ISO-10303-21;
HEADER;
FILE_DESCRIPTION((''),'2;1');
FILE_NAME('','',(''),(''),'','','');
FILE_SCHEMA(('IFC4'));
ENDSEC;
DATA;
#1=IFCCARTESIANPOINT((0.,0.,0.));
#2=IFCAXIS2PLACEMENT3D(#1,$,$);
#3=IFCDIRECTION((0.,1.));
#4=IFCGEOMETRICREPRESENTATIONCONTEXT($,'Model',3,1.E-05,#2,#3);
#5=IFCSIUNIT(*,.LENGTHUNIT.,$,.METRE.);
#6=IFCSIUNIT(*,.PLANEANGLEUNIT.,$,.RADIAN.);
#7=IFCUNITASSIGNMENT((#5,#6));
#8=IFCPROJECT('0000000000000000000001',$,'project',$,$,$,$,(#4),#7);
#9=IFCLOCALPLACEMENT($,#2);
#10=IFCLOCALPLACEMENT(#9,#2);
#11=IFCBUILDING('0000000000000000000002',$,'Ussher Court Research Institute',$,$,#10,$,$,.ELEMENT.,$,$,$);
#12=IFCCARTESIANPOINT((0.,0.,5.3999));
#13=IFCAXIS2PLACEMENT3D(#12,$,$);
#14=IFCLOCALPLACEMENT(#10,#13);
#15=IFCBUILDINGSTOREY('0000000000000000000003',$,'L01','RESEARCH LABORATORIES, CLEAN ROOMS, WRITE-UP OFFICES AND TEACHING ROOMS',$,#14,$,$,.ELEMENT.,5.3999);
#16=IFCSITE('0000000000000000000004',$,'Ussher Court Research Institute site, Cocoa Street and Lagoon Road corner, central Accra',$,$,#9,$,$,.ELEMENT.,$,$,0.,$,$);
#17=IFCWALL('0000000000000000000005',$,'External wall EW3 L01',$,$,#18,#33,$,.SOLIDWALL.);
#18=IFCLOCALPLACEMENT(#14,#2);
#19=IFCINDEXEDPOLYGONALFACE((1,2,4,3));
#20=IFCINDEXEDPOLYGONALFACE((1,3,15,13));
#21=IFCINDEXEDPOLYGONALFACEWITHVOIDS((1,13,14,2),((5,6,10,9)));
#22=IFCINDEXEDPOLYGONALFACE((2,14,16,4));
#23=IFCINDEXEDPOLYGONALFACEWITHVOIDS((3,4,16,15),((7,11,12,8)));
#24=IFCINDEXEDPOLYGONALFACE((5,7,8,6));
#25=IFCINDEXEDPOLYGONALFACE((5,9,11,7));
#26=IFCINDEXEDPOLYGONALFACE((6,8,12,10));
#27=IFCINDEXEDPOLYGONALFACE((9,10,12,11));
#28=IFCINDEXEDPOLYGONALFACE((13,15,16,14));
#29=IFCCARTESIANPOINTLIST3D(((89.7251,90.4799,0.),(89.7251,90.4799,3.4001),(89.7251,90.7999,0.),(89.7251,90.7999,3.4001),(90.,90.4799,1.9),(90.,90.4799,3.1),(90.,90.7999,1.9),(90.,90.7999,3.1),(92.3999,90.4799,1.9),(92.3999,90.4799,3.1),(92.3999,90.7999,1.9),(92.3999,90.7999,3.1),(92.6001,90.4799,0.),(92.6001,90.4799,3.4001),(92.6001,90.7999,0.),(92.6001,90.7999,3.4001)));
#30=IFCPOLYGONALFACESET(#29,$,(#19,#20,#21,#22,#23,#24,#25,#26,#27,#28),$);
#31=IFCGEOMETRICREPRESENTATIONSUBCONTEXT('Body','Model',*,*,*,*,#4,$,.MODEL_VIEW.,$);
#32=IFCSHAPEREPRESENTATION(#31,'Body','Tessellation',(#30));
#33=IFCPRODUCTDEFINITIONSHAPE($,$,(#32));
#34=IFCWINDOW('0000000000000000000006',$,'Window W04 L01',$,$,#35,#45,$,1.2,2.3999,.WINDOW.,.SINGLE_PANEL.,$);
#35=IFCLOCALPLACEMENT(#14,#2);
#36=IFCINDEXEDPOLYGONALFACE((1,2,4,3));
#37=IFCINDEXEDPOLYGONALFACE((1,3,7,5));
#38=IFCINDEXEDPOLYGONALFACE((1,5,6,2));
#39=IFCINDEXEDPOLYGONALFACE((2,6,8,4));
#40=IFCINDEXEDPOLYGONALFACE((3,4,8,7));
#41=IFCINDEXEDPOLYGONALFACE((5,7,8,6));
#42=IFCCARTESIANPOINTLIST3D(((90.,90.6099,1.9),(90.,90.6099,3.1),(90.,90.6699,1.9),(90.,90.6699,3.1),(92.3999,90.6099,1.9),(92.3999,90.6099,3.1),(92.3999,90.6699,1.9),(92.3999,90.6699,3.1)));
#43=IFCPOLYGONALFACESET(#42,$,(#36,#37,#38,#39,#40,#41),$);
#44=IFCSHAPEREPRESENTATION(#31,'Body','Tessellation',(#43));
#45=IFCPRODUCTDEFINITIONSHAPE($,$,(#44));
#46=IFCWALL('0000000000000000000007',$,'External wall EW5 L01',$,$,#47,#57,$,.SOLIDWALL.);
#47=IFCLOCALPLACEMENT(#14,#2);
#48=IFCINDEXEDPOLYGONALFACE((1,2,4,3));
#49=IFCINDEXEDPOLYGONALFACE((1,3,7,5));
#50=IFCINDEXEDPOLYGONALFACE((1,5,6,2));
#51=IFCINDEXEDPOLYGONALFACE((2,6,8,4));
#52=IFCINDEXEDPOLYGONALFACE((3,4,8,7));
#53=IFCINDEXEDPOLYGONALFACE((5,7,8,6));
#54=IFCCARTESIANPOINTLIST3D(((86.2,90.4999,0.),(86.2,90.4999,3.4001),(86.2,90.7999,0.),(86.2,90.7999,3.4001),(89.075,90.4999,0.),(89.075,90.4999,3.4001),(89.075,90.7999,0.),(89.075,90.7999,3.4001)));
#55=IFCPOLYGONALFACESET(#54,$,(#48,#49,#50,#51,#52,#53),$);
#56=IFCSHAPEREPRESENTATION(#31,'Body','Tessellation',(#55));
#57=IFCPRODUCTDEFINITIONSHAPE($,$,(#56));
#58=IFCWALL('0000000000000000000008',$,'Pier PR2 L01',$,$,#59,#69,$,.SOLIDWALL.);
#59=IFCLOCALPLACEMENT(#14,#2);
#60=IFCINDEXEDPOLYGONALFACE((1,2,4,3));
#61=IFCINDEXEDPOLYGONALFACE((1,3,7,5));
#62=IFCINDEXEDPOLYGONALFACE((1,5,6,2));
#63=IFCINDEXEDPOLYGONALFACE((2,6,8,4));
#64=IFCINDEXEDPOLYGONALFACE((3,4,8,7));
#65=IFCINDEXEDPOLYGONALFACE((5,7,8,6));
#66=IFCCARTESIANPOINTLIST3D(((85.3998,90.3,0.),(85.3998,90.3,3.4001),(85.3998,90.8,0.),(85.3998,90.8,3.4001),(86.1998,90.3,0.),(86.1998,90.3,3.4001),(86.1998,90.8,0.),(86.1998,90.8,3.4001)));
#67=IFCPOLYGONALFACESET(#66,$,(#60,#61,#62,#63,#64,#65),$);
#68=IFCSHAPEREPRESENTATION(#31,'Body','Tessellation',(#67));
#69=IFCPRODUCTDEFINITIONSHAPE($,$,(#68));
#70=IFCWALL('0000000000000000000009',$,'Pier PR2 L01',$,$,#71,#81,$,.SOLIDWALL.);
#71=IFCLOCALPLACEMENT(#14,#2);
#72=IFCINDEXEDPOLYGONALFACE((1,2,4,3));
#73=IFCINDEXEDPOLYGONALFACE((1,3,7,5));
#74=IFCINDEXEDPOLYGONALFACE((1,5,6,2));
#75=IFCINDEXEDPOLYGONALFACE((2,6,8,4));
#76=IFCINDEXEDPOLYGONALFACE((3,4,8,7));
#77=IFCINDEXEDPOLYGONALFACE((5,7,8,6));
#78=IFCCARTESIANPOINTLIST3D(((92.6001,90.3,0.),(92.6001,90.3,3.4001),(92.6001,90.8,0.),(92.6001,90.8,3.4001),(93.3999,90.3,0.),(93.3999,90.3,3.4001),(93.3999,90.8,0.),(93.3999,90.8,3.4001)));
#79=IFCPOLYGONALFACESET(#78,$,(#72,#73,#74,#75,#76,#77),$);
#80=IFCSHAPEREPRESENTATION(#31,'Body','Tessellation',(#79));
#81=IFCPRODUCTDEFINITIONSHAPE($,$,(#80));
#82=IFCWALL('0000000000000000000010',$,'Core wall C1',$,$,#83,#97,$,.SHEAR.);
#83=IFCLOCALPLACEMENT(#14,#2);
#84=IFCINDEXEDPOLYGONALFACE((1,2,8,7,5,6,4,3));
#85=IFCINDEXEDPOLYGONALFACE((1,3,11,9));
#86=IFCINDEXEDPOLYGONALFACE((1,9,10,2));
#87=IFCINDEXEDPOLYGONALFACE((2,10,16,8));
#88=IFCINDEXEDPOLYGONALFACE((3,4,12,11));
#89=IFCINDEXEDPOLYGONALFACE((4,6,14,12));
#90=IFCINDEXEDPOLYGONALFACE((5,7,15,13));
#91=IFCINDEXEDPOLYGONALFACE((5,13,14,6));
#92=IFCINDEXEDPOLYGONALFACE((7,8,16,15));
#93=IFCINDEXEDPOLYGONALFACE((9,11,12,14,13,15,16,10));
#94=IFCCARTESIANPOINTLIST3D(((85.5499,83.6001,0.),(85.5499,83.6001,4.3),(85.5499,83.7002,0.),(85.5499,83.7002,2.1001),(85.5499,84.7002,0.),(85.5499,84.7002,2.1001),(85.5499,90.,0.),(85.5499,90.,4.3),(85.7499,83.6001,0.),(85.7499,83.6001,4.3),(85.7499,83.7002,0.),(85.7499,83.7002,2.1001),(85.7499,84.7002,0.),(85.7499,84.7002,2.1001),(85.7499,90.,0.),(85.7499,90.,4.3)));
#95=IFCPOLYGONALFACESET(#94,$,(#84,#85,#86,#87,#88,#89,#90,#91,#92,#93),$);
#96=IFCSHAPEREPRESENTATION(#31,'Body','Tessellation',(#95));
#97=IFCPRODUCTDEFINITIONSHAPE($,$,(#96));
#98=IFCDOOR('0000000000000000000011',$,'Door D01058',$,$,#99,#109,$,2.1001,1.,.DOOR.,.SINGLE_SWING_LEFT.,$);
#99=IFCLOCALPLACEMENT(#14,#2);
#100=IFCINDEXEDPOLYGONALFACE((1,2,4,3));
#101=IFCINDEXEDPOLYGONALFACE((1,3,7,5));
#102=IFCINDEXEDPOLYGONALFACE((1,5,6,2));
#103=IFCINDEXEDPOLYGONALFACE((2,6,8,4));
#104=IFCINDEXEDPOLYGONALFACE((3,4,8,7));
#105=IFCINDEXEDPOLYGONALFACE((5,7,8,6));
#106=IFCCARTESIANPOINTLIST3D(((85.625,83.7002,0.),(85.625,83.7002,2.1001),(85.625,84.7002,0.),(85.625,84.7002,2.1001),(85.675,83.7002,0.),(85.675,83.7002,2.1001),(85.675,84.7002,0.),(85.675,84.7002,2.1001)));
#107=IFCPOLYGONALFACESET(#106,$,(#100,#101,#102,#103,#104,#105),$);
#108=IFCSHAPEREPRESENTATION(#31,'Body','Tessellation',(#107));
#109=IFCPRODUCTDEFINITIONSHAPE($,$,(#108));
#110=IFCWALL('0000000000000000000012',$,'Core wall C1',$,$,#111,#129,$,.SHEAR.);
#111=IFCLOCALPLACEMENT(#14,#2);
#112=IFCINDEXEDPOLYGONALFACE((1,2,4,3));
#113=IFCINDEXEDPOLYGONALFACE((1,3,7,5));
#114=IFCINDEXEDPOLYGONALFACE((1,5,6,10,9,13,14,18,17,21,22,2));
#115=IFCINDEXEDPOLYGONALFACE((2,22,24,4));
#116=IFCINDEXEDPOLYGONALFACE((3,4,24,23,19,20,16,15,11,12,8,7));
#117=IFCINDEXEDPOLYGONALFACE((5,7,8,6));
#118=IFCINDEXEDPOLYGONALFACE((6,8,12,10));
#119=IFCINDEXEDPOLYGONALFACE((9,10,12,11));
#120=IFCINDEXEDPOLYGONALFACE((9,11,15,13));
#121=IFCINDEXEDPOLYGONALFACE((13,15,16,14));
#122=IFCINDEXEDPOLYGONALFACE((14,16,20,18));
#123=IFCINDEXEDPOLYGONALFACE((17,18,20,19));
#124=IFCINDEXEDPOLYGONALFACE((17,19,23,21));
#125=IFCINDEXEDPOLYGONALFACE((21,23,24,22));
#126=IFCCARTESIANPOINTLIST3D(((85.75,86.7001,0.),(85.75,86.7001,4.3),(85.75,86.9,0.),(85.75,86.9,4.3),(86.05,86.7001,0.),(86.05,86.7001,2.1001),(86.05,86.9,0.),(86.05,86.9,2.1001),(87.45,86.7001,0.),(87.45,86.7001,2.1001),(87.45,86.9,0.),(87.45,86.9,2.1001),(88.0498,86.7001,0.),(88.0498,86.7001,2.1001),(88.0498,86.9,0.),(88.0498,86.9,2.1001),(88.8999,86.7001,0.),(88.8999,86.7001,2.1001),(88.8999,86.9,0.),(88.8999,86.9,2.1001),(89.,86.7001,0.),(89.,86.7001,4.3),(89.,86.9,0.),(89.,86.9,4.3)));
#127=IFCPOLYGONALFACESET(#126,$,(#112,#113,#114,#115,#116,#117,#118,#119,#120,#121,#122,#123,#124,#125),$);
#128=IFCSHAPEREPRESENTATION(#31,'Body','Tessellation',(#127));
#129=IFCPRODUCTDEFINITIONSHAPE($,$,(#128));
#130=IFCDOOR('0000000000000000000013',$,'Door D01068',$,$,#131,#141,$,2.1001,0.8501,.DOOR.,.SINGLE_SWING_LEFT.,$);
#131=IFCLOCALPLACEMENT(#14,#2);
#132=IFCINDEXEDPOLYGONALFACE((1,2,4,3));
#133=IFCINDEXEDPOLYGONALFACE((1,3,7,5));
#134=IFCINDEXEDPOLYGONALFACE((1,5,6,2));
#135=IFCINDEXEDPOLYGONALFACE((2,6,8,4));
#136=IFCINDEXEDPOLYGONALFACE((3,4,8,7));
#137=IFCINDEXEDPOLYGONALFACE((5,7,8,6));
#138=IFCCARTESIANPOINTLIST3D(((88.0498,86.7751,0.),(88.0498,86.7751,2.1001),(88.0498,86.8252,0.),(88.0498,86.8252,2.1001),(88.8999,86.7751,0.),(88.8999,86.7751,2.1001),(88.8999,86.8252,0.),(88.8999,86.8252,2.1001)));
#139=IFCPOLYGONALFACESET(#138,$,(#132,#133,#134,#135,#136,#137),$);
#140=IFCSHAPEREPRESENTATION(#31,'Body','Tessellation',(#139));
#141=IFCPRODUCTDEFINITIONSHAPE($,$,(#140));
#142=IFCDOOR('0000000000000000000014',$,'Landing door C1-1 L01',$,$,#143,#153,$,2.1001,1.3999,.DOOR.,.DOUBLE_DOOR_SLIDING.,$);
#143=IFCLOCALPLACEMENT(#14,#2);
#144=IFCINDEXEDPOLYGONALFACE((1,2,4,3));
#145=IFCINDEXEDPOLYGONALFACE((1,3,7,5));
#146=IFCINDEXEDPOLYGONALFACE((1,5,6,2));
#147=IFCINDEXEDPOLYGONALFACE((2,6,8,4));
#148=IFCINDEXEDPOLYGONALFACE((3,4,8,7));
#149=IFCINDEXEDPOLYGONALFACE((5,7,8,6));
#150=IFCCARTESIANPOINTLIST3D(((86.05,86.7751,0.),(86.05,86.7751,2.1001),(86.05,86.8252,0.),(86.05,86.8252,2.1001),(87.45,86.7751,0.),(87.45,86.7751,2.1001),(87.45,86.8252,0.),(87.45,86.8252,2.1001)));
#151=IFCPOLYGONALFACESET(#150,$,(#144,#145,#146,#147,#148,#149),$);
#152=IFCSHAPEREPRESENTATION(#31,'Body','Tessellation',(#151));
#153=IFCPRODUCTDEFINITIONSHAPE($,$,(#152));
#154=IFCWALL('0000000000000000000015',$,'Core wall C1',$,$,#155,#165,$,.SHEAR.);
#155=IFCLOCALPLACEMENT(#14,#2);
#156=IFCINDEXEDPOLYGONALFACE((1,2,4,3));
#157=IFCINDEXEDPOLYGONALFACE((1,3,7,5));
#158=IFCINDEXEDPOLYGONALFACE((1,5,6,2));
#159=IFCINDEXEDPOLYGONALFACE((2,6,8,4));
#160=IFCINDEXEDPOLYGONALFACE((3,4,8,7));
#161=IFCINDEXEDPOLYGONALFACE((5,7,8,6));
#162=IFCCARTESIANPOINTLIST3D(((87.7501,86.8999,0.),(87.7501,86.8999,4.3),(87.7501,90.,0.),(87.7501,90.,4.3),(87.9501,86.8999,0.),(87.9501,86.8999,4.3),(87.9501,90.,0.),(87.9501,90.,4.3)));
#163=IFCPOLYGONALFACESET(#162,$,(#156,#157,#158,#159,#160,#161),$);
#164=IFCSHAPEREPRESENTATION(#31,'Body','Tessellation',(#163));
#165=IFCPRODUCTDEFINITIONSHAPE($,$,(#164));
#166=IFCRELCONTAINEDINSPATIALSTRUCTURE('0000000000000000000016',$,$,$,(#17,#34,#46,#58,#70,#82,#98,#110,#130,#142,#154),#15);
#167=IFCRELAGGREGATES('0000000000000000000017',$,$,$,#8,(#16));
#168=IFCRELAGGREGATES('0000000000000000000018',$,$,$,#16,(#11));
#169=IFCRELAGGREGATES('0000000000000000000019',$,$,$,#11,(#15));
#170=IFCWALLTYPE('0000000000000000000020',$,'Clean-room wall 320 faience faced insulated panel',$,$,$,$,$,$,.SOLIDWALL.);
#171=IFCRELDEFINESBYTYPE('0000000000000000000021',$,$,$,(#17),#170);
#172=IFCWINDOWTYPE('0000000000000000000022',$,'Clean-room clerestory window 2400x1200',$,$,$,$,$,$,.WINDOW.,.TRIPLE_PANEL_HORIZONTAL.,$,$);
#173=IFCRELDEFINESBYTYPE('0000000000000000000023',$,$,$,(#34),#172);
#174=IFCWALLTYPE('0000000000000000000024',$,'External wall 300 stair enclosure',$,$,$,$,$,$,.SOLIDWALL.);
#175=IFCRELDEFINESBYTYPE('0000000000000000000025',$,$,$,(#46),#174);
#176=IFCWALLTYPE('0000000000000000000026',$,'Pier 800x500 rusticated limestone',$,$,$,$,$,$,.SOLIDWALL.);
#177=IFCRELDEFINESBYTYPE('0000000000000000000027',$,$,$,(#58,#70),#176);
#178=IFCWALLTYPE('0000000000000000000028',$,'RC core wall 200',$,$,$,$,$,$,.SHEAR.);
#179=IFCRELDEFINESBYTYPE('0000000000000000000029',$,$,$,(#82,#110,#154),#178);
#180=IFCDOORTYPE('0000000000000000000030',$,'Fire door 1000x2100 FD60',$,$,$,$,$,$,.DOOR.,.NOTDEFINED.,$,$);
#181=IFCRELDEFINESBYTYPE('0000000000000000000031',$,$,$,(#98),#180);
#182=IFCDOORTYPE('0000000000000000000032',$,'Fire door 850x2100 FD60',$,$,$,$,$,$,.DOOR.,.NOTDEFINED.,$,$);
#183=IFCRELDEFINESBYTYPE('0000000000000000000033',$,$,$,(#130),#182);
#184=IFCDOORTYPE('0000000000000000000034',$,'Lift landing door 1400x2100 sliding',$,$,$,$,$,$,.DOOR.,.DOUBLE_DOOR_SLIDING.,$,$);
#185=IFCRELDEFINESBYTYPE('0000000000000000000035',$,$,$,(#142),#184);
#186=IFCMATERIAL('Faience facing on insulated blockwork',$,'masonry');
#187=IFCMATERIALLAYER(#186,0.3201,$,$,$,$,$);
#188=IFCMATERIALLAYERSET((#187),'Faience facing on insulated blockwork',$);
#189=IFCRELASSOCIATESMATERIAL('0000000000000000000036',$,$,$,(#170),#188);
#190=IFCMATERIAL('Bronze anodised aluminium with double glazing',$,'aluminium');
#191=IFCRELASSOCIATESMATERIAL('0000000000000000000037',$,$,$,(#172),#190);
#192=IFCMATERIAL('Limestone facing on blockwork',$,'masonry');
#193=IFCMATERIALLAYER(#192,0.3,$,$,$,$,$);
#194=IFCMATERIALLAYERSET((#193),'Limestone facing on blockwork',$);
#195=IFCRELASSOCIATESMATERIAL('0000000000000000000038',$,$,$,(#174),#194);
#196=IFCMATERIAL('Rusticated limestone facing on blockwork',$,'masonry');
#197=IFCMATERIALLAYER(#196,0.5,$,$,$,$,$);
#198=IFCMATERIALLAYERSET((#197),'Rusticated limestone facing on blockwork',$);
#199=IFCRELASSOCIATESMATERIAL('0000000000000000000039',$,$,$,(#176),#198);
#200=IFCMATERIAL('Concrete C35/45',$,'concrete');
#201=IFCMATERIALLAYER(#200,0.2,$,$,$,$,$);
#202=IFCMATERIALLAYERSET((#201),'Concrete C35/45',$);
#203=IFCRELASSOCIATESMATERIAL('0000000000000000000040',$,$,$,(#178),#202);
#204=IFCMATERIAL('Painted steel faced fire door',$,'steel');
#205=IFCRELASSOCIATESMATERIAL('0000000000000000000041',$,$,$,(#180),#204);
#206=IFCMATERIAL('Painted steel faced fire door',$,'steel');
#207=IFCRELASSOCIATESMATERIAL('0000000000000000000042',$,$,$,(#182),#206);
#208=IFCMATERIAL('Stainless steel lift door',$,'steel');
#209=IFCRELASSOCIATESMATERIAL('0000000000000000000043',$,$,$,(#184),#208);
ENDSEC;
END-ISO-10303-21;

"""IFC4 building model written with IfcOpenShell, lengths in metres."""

from ifc_helpers import new_model, si_unit, direction, frame, frame_2d, origin, place, context, subcontext, project, spatial, rectangle, extrude, material, layer, layer_set, type_object, element, fill, save


model = new_model("IFC4")

# Units and contexts
model_context = context("Model", 3, precision=1e-05, world=origin(), true_north=direction((0.0, 1.0)))
body_context = subcontext(model_context, "Body", "Model", "MODEL_VIEW")
ifc_project = project(units=[si_unit("LENGTHUNIT", "METRE"), si_unit("PLANEANGLEUNIT", "RADIAN")], contexts=[model_context])

# Site, building, storey
site_placement = place(None, origin())
site = spatial("IfcSite", under=ifc_project, at=site_placement, Name="Ussher Court Research Institute site, Cocoa Street and Lagoon Road corner, central Accra", CompositionType="ELEMENT", RefElevation=0.0)
building_placement = place(site_placement, origin())
building = spatial("IfcBuilding", under=site, at=building_placement, Name="Ussher Court Research Institute", CompositionType="ELEMENT")
storey_placement = place(building_placement, frame((0.0, 0.0, 5.3999)))
storey = spatial("IfcBuildingStorey", under=building, at=storey_placement, Name="L01", Description="RESEARCH LABORATORIES, CLEAN ROOMS, WRITE-UP OFFICES AND TEACHING ROOMS", CompositionType="ELEMENT", Elevation=5.3999)

# Wall, opening, window
ifc_material_1 = material(Name="Faience facing on insulated blockwork", Category="masonry")
ifc_layer_1 = layer(ifc_material_1, 0.3201)
ifc_layer_set_1 = layer_set([ifc_layer_1], Name="Faience facing on insulated blockwork")
wall_type_1 = type_object("IfcWallType", Name="Clean-room wall 320 faience faced insulated panel", PredefinedType="SOLIDWALL", material=ifc_layer_set_1)
wall_1_placement = place(storey_placement, frame((89.7251, 90.6399, 0.0), z_axis=(0.0, 0.0, 1.0), x_axis=(1.0, 0.0, 0.0)))
wall_1 = element("IfcWall", 1, at=wall_1_placement, inside=storey, type_object=wall_type_1, Name="External wall EW3 L01", PredefinedType="SOLIDWALL", context=body_context, shape_type="SweptSolid", body=[
    extrude(rectangle(XDim=2.875, YDim=0.3201, at=frame_2d((1.4375, 0.0))), origin(), (0.0, 0.0, 1.0), 3.4001),
])
opening_1_placement = place(wall_1_placement, frame((0.2749, 0.0, 1.8999)))
opening_1 = element("IfcOpeningElement", 2, at=opening_1_placement, cuts=wall_1, PredefinedType="OPENING", context=body_context, shape_type="SweptSolid", body=[
    extrude(rectangle(XDim=2.3999, YDim=1.2, at=frame_2d((1.2, 0.6001))), frame((0.0, 0.1699, 0.0), z_axis=(0.0, -1.0, 0.0), x_axis=(1.0, 0.0, 0.0)), (0.0, 0.0, 1.0), 0.3401),
])
ifc_material_2 = material(Name="Bronze anodised aluminium with double glazing", Category="aluminium")
window_type = type_object("IfcWindowType", Name="Clean-room clerestory window 2400x1200", PartitioningType="TRIPLE_PANEL_HORIZONTAL", PredefinedType="WINDOW", material=ifc_material_2)
window_placement = place(opening_1_placement, origin())
window = element("IfcWindow", 3, at=window_placement, inside=storey, type_object=window_type, Name="Window W04 L01", OverallHeight=1.2, OverallWidth=2.3999, PartitioningType="SINGLE_PANEL", PredefinedType="WINDOW", context=body_context, shape_type="SweptSolid", body=[
    extrude(rectangle(XDim=2.3999, YDim=1.2, at=frame_2d((1.2, 0.6001))), frame((0.0, 0.03, 0.0), z_axis=(0.0, -1.0, 0.0), x_axis=(1.0, 0.0, 0.0)), (0.0, 0.0, 1.0), 0.0601),
])
fill(opening_1, window)

# Walls
ifc_material_3 = material(Name="Limestone facing on blockwork", Category="masonry")
ifc_layer_2 = layer(ifc_material_3, 0.3)
ifc_layer_set_2 = layer_set([ifc_layer_2], Name="Limestone facing on blockwork")
wall_type_2 = type_object("IfcWallType", Name="External wall 300 stair enclosure", PredefinedType="SOLIDWALL", material=ifc_layer_set_2)
wall_2_placement = place(storey_placement, frame((86.2, 90.6499, 0.0), z_axis=(0.0, 0.0, 1.0), x_axis=(1.0, 0.0, 0.0)))
element("IfcWall", 4, at=wall_2_placement, inside=storey, type_object=wall_type_2, Name="External wall EW5 L01", PredefinedType="SOLIDWALL", context=body_context, shape_type="SweptSolid", body=[
    extrude(rectangle(XDim=2.875, YDim=0.3, at=frame_2d((1.4375, 0.0))), origin(), (0.0, 0.0, 1.0), 3.4001),
])
ifc_material_4 = material(Name="Rusticated limestone facing on blockwork", Category="masonry")
ifc_layer_3 = layer(ifc_material_4, 0.5)
ifc_layer_set_3 = layer_set([ifc_layer_3], Name="Rusticated limestone facing on blockwork")
wall_type_3 = type_object("IfcWallType", Name="Pier 800x500 rusticated limestone", PredefinedType="SOLIDWALL", material=ifc_layer_set_3)
wall_3_placement = place(storey_placement, frame((85.3999, 90.55, 0.0), z_axis=(0.0, 0.0, 1.0), x_axis=(1.0, 0.0, 0.0)))
element("IfcWall", 5, at=wall_3_placement, inside=storey, type_object=wall_type_3, Name="Pier PR2 L01", PredefinedType="SOLIDWALL", context=body_context, shape_type="SweptSolid", body=[
    extrude(rectangle(XDim=0.8, YDim=0.5, at=frame_2d((0.3999, 0.0))), origin(), (0.0, 0.0, 1.0), 3.4001),
])
wall_4_placement = place(storey_placement, frame((92.6001, 90.55, 0.0), z_axis=(0.0, 0.0, 1.0), x_axis=(1.0, 0.0, 0.0)))
element("IfcWall", 6, at=wall_4_placement, inside=storey, type_object=wall_type_3, Name="Pier PR2 L01", PredefinedType="SOLIDWALL", context=body_context, shape_type="SweptSolid", body=[
    extrude(rectangle(XDim=0.7998, YDim=0.5, at=frame_2d((0.3999, 0.0))), origin(), (0.0, 0.0, 1.0), 3.4001),
])

# Wall, opening, door
ifc_material_5 = material(Name="Concrete C35/45", Category="concrete")
ifc_layer_4 = layer(ifc_material_5, 0.2)
ifc_layer_set_4 = layer_set([ifc_layer_4], Name="Concrete C35/45")
wall_type_4 = type_object("IfcWallType", Name="RC core wall 200", PredefinedType="SHEAR", material=ifc_layer_set_4)
wall_5_placement = place(storey_placement, frame((85.6499, 83.6001, 0.0), z_axis=(0.0, 0.0, 1.0), x_axis=(0.0, 1.0, 0.0)))
wall_5 = element("IfcWall", 7, at=wall_5_placement, inside=storey, type_object=wall_type_4, Name="Core wall C1", PredefinedType="SHEAR", context=body_context, shape_type="SweptSolid", body=[
    extrude(rectangle(XDim=6.3999, YDim=0.2, at=frame_2d((3.2, 0.0))), origin(), (0.0, 0.0, 1.0), 4.3),
])
opening_2_placement = place(wall_5_placement, frame((0.1001, 0.0, 0.0)))
opening_2 = element("IfcOpeningElement", 8, at=opening_2_placement, cuts=wall_5, PredefinedType="OPENING", context=body_context, shape_type="SweptSolid", body=[
    extrude(rectangle(XDim=1.0, YDim=2.1001, at=frame_2d((0.5, 1.05))), frame((0.0, 0.1099, 0.0), z_axis=(0.0, -1.0, 0.0), x_axis=(1.0, 0.0, 0.0)), (0.0, 0.0, 1.0), 0.22),
])
ifc_material_6 = material(Name="Painted steel faced fire door", Category="steel")
door_type_1 = type_object("IfcDoorType", Name="Fire door 1000x2100 FD60", OperationType="NOTDEFINED", PredefinedType="DOOR", material=ifc_material_6)
door_1_placement = place(opening_2_placement, origin())
door_1 = element("IfcDoor", 9, at=door_1_placement, inside=storey, type_object=door_type_1, Name="Door D01058", OperationType="SINGLE_SWING_LEFT", OverallHeight=2.1001, OverallWidth=1.0, PredefinedType="DOOR", context=body_context, shape_type="SweptSolid", body=[
    extrude(rectangle(XDim=1.0, YDim=2.1001, at=frame_2d((0.5, 1.05))), frame((0.0, 0.0249, 0.0), z_axis=(0.0, -1.0, 0.0), x_axis=(1.0, 0.0, 0.0)), (0.0, 0.0, 1.0), 0.05),
])
fill(opening_2, door_1)

# Wall, openings, doors
wall_6_placement = place(storey_placement, frame((89.0, 86.8, 0.0), z_axis=(0.0, 0.0, 1.0), x_axis=(-1.0, 0.0, 0.0)))
wall_6 = element("IfcWall", 10, at=wall_6_placement, inside=storey, type_object=wall_type_4, Name="Core wall C1", PredefinedType="SHEAR", context=body_context, shape_type="SweptSolid", body=[
    extrude(rectangle(XDim=3.25, YDim=0.2, at=frame_2d((1.625, 0.0))), origin(), (0.0, 0.0, 1.0), 4.3),
])
opening_3_placement = place(wall_6_placement, frame((1.55, 0.0, 0.0)))
opening_3 = element("IfcOpeningElement", 11, at=opening_3_placement, cuts=wall_6, PredefinedType="OPENING", context=body_context, shape_type="SweptSolid", body=[
    extrude(rectangle(XDim=1.3999, YDim=2.1001, at=frame_2d((0.7, 1.05))), frame((0.0, 0.1099, 0.0), z_axis=(0.0, -1.0, 0.0), x_axis=(1.0, 0.0, 0.0)), (0.0, 0.0, 1.0), 0.22),
])
opening_4_placement = place(wall_6_placement, frame((0.1001, 0.0, 0.0)))
opening_4 = element("IfcOpeningElement", 12, at=opening_4_placement, cuts=wall_6, PredefinedType="OPENING", context=body_context, shape_type="SweptSolid", body=[
    extrude(rectangle(XDim=0.8501, YDim=2.1001, at=frame_2d((0.425, 1.05))), frame((0.0, 0.1099, 0.0), z_axis=(0.0, -1.0, 0.0), x_axis=(1.0, 0.0, 0.0)), (0.0, 0.0, 1.0), 0.22),
])
ifc_material_7 = material(Name="Painted steel faced fire door", Category="steel")
door_type_2 = type_object("IfcDoorType", Name="Fire door 850x2100 FD60", OperationType="NOTDEFINED", PredefinedType="DOOR", material=ifc_material_7)
door_2_placement = place(opening_4_placement, origin())
door_2 = element("IfcDoor", 13, at=door_2_placement, inside=storey, type_object=door_type_2, Name="Door D01068", OperationType="SINGLE_SWING_LEFT", OverallHeight=2.1001, OverallWidth=0.8501, PredefinedType="DOOR", context=body_context, shape_type="SweptSolid", body=[
    extrude(rectangle(XDim=0.8501, YDim=2.1001, at=frame_2d((0.425, 1.05))), frame((0.0, 0.0249, 0.0), z_axis=(0.0, -1.0, 0.0), x_axis=(1.0, 0.0, 0.0)), (0.0, 0.0, 1.0), 0.05),
])
fill(opening_4, door_2)
ifc_material_8 = material(Name="Stainless steel lift door", Category="steel")
door_type_3 = type_object("IfcDoorType", Name="Lift landing door 1400x2100 sliding", OperationType="DOUBLE_DOOR_SLIDING", PredefinedType="DOOR", material=ifc_material_8)
door_3_placement = place(opening_3_placement, origin())
door_3 = element("IfcDoor", 14, at=door_3_placement, inside=storey, type_object=door_type_3, Name="Landing door C1-1 L01", OperationType="DOUBLE_DOOR_SLIDING", OverallHeight=2.1001, OverallWidth=1.3999, PredefinedType="DOOR", context=body_context, shape_type="SweptSolid", body=[
    extrude(rectangle(XDim=1.3999, YDim=2.1001, at=frame_2d((0.7, 1.05))), frame((0.0, 0.0249, 0.0), z_axis=(0.0, -1.0, 0.0), x_axis=(1.0, 0.0, 0.0)), (0.0, 0.0, 1.0), 0.05),
])
fill(opening_3, door_3)

# Wall
wall_7_placement = place(storey_placement, frame((87.8501, 86.8999, 0.0), z_axis=(0.0, 0.0, 1.0), x_axis=(0.0, 1.0, 0.0)))
element("IfcWall", 15, at=wall_7_placement, inside=storey, type_object=wall_type_4, Name="Core wall C1", PredefinedType="SHEAR", context=body_context, shape_type="SweptSolid", body=[
    extrude(rectangle(XDim=3.1001, YDim=0.2, at=frame_2d((1.55, 0.0))), origin(), (0.0, 0.0, 1.0), 4.3),
])

save(model, "model.ifc")
